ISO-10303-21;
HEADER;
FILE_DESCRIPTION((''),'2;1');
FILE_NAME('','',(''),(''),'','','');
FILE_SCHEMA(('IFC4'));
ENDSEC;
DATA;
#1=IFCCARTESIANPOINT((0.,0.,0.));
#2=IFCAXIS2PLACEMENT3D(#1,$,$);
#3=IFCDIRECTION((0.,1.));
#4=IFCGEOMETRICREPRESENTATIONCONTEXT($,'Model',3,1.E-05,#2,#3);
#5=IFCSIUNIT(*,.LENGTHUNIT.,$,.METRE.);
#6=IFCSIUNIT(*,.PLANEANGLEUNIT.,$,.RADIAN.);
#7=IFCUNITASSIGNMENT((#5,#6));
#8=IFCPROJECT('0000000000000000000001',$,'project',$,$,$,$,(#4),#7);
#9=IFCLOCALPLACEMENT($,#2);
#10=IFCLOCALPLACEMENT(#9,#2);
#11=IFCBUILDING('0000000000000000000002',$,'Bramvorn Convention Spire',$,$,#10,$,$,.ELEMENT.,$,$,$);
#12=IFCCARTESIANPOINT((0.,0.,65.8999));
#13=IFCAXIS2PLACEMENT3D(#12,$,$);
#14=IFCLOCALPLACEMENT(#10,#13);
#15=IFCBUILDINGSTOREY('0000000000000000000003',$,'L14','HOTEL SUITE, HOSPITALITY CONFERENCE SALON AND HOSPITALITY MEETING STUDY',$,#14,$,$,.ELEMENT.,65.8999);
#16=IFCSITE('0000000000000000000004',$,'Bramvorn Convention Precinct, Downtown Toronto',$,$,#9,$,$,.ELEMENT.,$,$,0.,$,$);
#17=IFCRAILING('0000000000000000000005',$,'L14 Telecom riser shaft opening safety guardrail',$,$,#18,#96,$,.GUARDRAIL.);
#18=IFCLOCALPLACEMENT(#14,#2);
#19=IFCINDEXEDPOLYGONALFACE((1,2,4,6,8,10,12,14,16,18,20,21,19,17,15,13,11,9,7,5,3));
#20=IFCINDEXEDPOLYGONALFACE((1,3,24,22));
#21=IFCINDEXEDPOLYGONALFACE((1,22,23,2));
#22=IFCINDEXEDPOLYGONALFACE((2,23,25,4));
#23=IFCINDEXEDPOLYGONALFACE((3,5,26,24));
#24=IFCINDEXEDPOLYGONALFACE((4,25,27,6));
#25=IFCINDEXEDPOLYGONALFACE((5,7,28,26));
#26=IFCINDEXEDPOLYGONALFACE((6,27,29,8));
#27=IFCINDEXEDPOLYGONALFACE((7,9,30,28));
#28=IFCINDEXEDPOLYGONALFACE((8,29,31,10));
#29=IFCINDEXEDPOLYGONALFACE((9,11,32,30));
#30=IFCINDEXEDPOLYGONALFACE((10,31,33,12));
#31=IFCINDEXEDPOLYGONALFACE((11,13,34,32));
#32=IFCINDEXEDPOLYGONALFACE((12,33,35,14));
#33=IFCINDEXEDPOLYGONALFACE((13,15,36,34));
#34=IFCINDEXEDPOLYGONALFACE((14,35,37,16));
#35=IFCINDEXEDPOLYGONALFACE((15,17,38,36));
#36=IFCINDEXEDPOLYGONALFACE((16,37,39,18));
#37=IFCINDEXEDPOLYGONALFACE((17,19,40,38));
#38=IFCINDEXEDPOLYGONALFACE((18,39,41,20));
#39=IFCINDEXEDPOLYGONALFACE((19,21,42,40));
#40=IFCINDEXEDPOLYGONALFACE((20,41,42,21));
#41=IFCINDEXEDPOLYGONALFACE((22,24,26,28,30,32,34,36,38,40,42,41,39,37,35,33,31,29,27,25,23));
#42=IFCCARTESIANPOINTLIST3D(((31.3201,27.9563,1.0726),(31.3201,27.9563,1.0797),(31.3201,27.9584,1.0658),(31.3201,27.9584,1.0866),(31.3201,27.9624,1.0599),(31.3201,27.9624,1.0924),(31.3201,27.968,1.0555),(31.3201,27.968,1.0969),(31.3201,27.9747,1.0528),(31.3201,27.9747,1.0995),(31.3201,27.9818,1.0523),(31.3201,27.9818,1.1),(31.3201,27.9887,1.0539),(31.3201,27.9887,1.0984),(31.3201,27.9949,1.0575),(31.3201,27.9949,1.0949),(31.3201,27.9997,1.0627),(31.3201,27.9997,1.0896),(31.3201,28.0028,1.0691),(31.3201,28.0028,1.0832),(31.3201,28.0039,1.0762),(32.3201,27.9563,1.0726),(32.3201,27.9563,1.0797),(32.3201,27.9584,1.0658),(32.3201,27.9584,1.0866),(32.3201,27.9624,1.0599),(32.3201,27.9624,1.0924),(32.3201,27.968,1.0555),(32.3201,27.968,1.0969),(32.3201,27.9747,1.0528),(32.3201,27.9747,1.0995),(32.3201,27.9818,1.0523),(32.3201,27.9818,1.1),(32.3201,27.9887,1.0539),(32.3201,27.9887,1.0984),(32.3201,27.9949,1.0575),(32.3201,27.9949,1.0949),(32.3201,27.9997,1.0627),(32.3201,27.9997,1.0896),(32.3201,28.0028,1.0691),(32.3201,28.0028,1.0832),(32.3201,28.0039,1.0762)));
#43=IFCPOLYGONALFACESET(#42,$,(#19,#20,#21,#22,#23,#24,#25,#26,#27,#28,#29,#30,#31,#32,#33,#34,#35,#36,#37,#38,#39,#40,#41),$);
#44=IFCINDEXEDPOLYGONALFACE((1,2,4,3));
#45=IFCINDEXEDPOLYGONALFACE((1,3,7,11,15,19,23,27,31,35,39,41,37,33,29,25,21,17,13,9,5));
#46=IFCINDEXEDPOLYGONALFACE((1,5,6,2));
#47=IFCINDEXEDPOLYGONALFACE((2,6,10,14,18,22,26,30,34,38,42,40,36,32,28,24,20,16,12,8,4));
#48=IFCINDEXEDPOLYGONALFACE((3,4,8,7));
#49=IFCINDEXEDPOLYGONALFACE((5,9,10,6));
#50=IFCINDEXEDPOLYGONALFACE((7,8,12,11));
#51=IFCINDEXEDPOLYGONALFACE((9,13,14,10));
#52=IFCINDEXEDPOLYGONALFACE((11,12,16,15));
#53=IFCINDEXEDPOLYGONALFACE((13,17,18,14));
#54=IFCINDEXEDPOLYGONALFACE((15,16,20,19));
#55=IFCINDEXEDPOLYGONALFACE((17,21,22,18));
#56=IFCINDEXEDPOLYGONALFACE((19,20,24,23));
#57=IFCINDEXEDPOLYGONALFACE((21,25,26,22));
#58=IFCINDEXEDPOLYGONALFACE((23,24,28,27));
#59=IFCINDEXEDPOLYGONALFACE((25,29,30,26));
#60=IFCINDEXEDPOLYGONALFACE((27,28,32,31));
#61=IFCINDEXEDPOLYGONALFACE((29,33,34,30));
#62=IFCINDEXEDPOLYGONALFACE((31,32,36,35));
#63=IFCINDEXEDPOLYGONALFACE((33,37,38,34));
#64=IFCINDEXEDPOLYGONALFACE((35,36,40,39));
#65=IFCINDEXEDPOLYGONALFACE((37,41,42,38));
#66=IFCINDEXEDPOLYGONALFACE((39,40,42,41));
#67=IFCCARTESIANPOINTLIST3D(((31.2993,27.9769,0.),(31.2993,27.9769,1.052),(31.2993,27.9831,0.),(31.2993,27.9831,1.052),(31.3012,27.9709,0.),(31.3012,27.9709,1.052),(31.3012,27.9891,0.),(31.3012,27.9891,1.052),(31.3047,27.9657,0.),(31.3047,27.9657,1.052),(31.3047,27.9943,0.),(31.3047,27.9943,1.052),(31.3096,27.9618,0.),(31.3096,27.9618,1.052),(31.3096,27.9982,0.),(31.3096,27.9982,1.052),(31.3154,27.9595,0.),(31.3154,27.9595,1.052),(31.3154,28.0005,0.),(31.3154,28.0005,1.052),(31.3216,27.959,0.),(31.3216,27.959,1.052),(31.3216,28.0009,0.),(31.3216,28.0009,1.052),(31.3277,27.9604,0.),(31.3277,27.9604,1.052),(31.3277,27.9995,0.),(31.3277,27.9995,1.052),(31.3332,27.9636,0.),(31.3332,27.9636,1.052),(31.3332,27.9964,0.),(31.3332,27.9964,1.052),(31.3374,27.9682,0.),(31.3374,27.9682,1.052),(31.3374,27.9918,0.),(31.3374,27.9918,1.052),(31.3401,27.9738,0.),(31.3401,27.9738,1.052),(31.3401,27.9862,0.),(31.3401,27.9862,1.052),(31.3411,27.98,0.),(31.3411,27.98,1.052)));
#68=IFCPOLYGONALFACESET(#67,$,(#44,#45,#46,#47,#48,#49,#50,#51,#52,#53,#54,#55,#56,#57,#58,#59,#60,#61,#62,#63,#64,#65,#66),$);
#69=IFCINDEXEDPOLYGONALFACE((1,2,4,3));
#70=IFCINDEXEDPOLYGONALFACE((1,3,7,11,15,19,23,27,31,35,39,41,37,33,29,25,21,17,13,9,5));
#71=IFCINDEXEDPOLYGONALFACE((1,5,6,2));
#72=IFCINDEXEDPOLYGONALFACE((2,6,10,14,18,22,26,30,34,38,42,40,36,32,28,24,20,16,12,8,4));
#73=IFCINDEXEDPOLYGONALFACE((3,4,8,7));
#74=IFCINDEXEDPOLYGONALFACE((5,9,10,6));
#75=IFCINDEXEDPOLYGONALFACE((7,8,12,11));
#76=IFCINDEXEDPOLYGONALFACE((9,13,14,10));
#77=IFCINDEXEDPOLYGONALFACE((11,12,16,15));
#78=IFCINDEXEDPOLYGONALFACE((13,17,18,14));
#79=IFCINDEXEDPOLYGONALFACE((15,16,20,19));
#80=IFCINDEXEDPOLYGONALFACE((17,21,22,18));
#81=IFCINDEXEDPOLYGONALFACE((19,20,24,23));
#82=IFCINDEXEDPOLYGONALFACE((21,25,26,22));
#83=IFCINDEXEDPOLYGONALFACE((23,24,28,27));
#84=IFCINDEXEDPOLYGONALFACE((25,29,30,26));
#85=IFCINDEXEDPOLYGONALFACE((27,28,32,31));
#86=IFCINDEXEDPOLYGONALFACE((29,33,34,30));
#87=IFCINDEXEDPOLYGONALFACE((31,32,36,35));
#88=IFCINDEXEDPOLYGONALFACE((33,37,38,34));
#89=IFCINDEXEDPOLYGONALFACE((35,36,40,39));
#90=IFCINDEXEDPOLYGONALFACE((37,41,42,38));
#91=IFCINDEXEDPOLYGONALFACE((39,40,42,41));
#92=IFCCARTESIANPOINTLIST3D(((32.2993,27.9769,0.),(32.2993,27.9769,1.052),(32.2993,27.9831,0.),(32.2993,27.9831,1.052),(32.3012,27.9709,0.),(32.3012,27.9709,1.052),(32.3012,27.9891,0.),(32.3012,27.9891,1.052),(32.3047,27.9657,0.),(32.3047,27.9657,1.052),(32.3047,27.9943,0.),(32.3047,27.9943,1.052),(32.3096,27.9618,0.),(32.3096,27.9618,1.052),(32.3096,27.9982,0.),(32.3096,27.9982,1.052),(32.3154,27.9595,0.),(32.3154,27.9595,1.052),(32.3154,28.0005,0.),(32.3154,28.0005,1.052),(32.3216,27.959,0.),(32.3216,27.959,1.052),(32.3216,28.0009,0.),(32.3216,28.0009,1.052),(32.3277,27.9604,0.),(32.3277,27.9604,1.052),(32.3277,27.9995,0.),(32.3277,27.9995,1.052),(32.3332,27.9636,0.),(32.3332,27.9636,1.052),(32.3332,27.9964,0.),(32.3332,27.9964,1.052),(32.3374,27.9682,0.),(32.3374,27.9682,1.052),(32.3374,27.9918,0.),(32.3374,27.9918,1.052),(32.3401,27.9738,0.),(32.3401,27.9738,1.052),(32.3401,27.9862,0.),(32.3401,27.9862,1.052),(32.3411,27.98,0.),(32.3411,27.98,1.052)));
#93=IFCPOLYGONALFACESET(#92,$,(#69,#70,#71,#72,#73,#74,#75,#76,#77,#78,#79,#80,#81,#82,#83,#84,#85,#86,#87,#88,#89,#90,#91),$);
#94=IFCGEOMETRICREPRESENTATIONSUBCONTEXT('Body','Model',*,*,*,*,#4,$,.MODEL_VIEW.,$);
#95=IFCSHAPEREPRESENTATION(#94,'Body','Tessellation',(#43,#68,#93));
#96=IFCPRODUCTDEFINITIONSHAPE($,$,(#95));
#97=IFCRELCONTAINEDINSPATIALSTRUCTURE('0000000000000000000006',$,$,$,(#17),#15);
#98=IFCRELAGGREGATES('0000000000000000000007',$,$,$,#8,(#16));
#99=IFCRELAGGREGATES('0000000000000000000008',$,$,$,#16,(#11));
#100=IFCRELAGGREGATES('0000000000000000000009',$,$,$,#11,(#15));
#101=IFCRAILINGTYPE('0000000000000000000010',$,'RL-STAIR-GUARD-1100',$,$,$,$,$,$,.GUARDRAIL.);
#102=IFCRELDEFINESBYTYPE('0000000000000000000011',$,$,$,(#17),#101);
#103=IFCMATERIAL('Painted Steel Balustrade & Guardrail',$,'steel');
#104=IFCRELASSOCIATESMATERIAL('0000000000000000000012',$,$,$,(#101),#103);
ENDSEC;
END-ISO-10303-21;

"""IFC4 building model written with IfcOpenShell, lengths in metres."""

from ifc_helpers import new_model, si_unit, direction, frame, origin, origin_2d, place, context, subcontext, project, spatial, circle, extrude, material, type_object, element, save


model = new_model("IFC4")

# Units and contexts
model_context = context("Model", 3, precision=1e-05, world=origin(), true_north=direction((0.0, 1.0)))
body_context = subcontext(model_context, "Body", "Model", "MODEL_VIEW")
ifc_project = project(units=[si_unit("LENGTHUNIT", "METRE"), si_unit("PLANEANGLEUNIT", "RADIAN")], contexts=[model_context])

# Site, building, storey
site_placement = place(None, origin())
site = spatial("IfcSite", under=ifc_project, at=site_placement, Name="Bramvorn Convention Precinct, Downtown Toronto", CompositionType="ELEMENT", RefElevation=0.0)
building_placement = place(site_placement, origin())
building = spatial("IfcBuilding", under=site, at=building_placement, Name="Bramvorn Convention Spire", CompositionType="ELEMENT")
storey_placement = place(building_placement, frame((0.0, 0.0, 65.8999)))
storey = spatial("IfcBuildingStorey", under=building, at=storey_placement, Name="L14", Description="HOTEL SUITE, HOSPITALITY CONFERENCE SALON AND HOSPITALITY MEETING STUDY", CompositionType="ELEMENT", Elevation=65.8999)

# Railing
ifc_material_1 = material(Name="Painted Steel Balustrade & Guardrail", Category="steel")
railing_type_1 = type_object("IfcRailingType", Name="RL-STAIR-GUARD-1100", PredefinedType="GUARDRAIL", material=ifc_material_1)
railing_1_placement = place(storey_placement, frame((31.3201, 27.98, 0.0)))
element("IfcRailing", 1, at=railing_1_placement, inside=storey, type_object=railing_type_1, Name="L14 Telecom riser shaft opening safety guardrail", PredefinedType="GUARDRAIL", context=body_context, shape_type="SweptSolid", body=[
    extrude(circle(Radius=0.0239, at=origin_2d()), frame((0.0, 0.0, 1.0762), z_axis=(1.0, 0.0, 0.0), x_axis=(0.0, 1.0, 0.0)), (0.0, 0.0, 1.0), 1.0),
    extrude(circle(Radius=0.021, at=origin_2d()), origin(), (0.0, 0.0, 1.0), 1.052),
    extrude(circle(Radius=0.021, at=origin_2d()), frame((1.0, 0.0, 0.0)), (0.0, 0.0, 1.0), 1.052),
])

save(model, "model.ifc")
